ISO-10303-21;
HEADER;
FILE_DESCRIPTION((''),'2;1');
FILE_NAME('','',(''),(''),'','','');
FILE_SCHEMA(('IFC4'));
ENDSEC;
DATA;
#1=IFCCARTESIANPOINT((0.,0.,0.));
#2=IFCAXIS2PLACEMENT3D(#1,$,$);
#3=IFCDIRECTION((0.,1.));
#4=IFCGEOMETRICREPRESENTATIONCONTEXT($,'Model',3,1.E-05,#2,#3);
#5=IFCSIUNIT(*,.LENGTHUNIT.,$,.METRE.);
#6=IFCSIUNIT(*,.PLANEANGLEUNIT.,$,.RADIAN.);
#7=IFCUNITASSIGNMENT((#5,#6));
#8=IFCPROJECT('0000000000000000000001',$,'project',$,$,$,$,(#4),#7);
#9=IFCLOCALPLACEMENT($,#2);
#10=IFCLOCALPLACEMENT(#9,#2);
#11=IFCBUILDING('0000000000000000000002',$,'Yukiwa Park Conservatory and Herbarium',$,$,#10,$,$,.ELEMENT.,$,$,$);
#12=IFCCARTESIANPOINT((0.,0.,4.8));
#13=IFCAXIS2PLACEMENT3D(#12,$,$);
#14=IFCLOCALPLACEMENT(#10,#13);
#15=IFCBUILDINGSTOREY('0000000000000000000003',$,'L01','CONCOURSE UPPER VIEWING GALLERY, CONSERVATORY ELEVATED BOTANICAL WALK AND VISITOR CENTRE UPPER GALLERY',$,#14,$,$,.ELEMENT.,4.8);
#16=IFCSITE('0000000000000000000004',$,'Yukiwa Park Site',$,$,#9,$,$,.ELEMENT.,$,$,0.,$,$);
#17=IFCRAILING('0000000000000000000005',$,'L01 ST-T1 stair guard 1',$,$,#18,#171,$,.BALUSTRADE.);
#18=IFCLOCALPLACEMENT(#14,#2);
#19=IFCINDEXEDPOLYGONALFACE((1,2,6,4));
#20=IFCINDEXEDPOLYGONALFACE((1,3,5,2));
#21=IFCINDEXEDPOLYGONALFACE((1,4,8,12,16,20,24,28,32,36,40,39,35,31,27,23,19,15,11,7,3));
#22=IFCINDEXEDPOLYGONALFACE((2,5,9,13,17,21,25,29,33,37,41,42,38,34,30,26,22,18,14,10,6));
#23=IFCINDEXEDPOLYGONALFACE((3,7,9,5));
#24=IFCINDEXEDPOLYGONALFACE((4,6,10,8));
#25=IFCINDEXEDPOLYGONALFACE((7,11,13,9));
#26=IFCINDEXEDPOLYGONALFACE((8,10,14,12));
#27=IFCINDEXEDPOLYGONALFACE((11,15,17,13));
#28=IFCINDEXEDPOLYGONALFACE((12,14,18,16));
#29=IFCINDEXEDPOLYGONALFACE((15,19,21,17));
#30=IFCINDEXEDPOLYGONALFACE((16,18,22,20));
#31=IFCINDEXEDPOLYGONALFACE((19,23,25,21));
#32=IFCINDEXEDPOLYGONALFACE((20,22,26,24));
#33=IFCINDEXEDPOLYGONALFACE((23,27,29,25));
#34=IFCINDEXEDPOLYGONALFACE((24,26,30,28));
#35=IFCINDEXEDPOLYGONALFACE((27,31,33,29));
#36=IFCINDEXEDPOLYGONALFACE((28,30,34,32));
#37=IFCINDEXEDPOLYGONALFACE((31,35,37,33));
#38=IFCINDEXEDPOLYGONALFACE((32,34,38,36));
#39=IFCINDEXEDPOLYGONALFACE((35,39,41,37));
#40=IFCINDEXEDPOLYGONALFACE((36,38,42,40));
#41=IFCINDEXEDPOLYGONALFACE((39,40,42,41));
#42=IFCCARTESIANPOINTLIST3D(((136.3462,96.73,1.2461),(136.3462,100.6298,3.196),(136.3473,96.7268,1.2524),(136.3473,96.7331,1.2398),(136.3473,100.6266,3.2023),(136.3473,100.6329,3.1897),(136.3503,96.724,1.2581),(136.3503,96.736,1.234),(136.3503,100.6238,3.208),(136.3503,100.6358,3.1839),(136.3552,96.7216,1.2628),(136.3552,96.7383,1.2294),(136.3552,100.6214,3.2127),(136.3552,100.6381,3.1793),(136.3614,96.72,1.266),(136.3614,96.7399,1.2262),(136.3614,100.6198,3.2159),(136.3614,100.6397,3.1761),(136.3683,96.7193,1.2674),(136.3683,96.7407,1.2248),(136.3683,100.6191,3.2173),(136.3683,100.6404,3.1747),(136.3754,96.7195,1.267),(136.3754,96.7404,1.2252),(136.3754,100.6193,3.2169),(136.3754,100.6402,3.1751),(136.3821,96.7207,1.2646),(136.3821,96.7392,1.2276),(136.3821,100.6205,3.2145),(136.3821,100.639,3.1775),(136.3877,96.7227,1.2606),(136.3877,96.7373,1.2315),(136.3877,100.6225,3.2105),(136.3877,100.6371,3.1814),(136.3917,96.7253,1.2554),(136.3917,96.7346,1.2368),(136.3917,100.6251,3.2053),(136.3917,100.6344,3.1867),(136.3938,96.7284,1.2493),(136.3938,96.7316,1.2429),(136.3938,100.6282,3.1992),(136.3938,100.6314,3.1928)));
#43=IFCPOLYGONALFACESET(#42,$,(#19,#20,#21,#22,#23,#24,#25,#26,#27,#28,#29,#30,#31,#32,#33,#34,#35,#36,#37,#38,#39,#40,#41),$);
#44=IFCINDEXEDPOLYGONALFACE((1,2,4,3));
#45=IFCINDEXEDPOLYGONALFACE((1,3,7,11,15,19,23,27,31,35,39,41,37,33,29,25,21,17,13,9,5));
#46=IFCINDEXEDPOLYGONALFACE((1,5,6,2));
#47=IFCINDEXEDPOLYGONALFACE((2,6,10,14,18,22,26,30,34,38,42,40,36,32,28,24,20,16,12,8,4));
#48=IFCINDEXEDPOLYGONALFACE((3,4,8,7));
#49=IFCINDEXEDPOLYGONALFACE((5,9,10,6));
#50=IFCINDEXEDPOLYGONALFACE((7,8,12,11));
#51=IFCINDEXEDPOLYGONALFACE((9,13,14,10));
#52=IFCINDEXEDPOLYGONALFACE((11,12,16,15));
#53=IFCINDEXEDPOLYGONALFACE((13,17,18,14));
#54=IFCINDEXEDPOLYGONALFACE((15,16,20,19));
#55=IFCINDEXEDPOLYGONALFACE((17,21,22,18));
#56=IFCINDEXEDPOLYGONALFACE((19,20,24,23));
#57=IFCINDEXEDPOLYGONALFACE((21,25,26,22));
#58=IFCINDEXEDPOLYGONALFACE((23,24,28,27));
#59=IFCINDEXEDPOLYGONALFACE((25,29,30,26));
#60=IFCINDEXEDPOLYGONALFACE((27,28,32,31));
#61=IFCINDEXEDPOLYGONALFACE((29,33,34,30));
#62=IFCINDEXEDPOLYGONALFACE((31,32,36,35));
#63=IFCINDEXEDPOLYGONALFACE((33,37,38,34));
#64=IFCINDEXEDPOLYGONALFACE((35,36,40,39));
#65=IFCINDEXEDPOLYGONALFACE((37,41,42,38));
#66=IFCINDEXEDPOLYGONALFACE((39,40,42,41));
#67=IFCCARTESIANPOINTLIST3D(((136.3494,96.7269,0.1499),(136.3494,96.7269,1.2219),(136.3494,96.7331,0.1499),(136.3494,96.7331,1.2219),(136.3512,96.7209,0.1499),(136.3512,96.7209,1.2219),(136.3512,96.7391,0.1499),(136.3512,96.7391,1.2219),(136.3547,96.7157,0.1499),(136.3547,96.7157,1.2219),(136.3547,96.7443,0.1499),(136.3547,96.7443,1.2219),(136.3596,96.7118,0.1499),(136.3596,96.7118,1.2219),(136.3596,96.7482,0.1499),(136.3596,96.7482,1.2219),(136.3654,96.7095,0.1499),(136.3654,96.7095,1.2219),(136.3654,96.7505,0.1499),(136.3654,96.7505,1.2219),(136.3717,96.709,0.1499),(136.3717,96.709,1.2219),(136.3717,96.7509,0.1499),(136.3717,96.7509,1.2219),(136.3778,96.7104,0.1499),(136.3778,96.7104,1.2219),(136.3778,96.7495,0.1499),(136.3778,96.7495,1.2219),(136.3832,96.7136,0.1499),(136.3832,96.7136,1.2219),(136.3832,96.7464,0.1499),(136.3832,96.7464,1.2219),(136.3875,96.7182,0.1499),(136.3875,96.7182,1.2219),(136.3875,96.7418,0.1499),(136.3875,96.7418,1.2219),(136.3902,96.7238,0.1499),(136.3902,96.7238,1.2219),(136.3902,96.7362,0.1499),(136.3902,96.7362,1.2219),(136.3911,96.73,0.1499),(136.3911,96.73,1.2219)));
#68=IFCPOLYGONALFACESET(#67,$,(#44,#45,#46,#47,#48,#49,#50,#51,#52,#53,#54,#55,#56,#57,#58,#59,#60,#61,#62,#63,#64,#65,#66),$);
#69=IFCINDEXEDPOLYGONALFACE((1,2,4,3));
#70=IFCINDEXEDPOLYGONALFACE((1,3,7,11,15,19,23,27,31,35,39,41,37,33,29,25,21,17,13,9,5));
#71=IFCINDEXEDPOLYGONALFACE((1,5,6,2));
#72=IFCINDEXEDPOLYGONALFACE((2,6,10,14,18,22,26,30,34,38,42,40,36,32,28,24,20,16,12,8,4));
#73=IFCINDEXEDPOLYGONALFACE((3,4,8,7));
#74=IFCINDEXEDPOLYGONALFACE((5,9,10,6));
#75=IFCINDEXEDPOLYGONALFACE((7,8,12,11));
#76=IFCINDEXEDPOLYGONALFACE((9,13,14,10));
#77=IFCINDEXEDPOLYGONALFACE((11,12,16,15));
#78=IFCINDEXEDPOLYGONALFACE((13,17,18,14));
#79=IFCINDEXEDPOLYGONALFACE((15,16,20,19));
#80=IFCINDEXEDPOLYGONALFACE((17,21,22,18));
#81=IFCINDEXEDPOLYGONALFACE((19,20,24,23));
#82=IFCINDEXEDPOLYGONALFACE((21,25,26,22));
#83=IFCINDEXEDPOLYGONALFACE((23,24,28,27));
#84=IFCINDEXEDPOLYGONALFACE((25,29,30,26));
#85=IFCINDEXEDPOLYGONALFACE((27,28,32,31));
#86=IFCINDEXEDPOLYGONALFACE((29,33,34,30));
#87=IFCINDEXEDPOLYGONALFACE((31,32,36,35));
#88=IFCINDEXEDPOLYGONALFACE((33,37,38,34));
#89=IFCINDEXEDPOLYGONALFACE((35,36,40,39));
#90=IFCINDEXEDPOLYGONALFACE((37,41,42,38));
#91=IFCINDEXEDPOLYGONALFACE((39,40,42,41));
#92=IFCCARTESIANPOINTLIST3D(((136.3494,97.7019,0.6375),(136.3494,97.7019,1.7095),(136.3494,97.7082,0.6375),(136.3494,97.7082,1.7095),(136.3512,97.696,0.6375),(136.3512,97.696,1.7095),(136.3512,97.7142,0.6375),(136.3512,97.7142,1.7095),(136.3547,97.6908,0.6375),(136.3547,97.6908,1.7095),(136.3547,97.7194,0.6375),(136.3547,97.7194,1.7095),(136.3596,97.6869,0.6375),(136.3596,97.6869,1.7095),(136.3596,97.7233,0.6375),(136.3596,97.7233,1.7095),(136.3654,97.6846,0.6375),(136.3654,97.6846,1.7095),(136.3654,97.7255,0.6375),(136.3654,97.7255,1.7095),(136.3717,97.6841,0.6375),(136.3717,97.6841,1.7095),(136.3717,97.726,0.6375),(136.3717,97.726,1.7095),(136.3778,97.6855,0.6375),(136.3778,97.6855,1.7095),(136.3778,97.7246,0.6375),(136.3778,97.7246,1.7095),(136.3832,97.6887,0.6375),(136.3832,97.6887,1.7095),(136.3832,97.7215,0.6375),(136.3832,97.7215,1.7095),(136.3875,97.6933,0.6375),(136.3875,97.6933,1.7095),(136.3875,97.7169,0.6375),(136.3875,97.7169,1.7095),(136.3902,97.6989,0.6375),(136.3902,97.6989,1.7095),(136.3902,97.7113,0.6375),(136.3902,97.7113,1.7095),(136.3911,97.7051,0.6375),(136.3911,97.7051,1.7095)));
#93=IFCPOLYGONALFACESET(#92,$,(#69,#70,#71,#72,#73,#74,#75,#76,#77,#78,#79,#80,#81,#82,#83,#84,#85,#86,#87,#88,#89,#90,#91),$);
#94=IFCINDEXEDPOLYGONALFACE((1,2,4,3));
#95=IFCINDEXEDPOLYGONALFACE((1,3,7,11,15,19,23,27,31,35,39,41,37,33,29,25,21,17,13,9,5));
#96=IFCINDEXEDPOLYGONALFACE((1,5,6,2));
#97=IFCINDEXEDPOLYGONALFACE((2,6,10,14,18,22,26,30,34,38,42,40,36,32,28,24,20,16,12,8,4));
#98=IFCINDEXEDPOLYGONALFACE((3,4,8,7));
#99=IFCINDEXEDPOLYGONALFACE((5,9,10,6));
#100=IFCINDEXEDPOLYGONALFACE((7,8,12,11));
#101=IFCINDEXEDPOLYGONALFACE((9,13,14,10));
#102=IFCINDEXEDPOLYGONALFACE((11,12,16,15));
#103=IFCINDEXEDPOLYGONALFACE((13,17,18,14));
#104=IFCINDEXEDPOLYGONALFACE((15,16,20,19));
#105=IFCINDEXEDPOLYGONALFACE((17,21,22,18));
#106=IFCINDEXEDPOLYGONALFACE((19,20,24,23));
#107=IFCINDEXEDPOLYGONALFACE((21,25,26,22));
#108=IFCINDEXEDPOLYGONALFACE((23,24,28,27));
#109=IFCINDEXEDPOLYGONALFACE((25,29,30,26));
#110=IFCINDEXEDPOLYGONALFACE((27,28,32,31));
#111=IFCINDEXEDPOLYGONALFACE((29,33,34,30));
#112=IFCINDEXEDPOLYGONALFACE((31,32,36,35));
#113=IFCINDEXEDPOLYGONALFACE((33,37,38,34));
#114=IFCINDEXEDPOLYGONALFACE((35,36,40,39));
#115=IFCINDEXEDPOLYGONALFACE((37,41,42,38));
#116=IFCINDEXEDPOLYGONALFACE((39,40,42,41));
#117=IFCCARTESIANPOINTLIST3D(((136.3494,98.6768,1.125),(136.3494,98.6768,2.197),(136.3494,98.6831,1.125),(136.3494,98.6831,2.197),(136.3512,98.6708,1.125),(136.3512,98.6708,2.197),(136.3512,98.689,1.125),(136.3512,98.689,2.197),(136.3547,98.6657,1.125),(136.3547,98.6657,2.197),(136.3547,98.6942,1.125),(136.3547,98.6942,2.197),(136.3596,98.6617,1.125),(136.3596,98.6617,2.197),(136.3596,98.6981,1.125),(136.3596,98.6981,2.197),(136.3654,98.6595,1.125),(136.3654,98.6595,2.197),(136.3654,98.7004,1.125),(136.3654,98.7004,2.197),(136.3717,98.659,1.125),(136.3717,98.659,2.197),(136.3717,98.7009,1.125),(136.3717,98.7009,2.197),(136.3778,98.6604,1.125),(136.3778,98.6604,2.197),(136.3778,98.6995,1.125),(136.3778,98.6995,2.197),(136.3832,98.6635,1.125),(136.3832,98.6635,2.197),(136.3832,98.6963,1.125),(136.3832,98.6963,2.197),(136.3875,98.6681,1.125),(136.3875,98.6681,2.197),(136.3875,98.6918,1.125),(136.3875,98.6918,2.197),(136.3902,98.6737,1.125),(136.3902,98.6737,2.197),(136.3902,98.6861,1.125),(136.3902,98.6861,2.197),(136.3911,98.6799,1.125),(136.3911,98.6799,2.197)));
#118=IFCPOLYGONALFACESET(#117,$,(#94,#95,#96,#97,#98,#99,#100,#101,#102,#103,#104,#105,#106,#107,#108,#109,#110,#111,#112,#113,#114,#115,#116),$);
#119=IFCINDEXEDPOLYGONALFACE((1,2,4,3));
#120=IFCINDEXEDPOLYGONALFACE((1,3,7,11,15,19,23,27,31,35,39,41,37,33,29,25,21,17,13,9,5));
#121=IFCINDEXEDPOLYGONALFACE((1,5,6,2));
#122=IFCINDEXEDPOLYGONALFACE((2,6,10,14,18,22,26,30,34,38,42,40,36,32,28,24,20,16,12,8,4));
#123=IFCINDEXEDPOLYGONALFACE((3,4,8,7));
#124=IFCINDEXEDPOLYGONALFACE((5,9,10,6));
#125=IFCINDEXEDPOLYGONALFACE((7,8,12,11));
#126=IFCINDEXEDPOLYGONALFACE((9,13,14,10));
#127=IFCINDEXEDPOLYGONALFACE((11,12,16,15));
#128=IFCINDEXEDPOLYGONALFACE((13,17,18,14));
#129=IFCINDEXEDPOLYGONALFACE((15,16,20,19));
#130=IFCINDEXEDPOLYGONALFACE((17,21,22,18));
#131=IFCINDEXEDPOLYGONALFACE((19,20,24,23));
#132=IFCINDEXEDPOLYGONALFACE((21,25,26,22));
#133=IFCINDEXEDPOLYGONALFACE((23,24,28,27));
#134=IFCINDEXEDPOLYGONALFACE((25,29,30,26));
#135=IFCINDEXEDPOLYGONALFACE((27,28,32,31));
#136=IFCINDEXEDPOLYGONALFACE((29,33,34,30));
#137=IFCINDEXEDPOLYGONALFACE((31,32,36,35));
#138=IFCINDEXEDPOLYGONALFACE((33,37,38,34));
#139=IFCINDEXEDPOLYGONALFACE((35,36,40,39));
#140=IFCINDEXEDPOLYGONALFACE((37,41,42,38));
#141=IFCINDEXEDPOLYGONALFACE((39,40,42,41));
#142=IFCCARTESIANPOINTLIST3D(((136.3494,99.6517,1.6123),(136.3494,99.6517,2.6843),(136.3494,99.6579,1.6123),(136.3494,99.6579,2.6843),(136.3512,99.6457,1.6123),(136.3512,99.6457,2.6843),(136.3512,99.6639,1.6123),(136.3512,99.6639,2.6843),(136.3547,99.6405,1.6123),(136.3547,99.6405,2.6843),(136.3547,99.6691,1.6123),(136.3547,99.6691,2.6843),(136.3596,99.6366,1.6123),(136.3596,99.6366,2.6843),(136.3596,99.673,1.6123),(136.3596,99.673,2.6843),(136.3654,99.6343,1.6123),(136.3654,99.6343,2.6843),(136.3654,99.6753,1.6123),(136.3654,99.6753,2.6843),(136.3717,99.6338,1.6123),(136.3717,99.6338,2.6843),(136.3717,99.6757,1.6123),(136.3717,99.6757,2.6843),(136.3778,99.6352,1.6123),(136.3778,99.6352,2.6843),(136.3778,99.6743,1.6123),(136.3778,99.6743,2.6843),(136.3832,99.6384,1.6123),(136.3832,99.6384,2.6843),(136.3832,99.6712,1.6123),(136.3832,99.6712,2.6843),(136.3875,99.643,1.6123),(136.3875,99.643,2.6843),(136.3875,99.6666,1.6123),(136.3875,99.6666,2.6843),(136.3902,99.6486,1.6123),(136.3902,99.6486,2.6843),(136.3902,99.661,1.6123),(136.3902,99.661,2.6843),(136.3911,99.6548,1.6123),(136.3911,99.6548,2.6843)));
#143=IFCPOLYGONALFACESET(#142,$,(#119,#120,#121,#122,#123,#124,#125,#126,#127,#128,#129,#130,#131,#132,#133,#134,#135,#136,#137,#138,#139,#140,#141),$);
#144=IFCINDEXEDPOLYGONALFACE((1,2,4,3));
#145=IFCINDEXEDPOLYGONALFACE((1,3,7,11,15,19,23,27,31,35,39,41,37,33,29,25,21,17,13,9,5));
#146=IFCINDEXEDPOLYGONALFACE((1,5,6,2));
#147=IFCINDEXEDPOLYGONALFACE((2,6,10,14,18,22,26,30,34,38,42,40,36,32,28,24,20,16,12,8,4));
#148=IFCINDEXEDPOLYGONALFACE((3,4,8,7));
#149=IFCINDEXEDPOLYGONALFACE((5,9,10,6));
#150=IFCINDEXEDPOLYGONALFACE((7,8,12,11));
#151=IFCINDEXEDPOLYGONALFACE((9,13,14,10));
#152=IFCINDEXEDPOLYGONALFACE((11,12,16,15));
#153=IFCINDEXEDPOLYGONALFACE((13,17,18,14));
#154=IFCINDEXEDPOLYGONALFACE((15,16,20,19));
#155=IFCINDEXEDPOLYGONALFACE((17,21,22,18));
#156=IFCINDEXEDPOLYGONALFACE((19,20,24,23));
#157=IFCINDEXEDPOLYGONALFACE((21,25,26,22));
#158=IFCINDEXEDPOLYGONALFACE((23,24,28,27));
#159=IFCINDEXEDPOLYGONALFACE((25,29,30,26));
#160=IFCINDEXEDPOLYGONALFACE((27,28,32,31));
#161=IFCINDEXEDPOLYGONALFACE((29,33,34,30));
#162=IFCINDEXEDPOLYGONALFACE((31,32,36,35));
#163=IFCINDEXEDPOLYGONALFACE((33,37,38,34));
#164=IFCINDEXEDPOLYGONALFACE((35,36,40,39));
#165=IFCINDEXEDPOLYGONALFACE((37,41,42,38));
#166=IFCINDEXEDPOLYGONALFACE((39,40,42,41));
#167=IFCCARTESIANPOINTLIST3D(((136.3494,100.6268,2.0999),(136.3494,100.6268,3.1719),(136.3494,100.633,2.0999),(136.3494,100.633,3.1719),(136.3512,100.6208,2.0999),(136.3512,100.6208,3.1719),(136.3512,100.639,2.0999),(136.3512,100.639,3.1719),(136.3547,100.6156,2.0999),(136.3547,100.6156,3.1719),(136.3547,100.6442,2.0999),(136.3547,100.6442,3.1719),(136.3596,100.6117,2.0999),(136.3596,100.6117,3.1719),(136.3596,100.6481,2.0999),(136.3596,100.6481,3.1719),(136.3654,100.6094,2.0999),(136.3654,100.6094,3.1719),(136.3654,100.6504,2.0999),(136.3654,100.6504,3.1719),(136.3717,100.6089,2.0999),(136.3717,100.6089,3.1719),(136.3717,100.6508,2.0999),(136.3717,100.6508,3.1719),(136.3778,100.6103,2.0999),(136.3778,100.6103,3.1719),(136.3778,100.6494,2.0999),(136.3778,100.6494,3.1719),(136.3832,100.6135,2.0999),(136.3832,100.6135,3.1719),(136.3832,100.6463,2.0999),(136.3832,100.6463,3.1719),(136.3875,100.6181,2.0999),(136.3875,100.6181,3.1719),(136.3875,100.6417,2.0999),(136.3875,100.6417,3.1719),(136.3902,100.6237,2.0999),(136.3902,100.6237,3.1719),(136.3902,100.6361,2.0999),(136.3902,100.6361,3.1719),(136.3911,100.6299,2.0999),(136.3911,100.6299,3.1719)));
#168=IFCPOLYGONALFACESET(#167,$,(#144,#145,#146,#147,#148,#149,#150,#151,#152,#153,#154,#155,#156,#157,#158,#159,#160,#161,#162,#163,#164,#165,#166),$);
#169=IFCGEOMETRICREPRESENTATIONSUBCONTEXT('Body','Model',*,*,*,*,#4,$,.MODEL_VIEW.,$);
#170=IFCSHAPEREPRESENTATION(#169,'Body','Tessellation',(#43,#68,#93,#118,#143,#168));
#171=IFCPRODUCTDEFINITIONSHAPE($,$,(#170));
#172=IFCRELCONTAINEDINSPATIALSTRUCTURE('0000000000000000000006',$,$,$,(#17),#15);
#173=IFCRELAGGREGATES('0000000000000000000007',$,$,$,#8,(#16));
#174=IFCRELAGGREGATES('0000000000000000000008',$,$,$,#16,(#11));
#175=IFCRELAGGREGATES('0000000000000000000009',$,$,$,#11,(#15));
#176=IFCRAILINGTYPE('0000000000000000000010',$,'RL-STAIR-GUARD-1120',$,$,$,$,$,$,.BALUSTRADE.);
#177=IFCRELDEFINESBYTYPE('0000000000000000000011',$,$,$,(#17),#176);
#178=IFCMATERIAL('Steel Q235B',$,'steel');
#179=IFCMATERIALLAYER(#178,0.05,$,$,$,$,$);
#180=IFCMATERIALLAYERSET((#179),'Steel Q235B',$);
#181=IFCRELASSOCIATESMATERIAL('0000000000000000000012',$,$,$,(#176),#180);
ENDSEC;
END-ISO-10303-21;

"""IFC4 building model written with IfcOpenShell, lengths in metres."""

from ifc_helpers import new_model, si_unit, direction, frame, origin, origin_2d, place, context, subcontext, project, spatial, circle, extrude, material, layer, layer_set, type_object, element, save


model = new_model("IFC4")

# Units and contexts
model_context = context("Model", 3, precision=1e-05, world=origin(), true_north=direction((0.0, 1.0)))
body_context = subcontext(model_context, "Body", "Model", "MODEL_VIEW")
ifc_project = project(units=[si_unit("LENGTHUNIT", "METRE"), si_unit("PLANEANGLEUNIT", "RADIAN")], contexts=[model_context])

# Site, building, storey
site_placement = place(None, origin())
site = spatial("IfcSite", under=ifc_project, at=site_placement, Name="Yukiwa Park Site", CompositionType="ELEMENT", RefElevation=0.0)
building_placement = place(site_placement, origin())
building = spatial("IfcBuilding", under=site, at=building_placement, Name="Yukiwa Park Conservatory and Herbarium", CompositionType="ELEMENT")
storey_placement = place(building_placement, frame((0.0, 0.0, 4.8)))
storey = spatial("IfcBuildingStorey", under=building, at=storey_placement, Name="L01", Description="CONCOURSE UPPER VIEWING GALLERY, CONSERVATORY ELEVATED BOTANICAL WALK AND VISITOR CENTRE UPPER GALLERY", CompositionType="ELEMENT", Elevation=4.8)

# Railing
ifc_material_1 = material(Name="Steel Q235B", Category="steel")
ifc_layer_1 = layer(ifc_material_1, 0.05)
ifc_layer_set_1 = layer_set([ifc_layer_1], Name="Steel Q235B")
railing_type_1 = type_object("IfcRailingType", Name="RL-STAIR-GUARD-1120", PredefinedType="BALUSTRADE", material=ifc_layer_set_1)
railing_1_placement = place(storey_placement, frame((136.3701, 96.73, 0.1499)))
element("IfcRailing", 1, at=railing_1_placement, inside=storey, type_object=railing_type_1, Name="L01 ST-T1 stair guard 1", PredefinedType="BALUSTRADE", context=body_context, shape_type="SweptSolid", body=[
    extrude(circle(Radius=0.0239, at=origin_2d()), frame((0.0, 0.0, 1.0962), z_axis=(0.0, 0.894427, 0.447214), x_axis=(-1.0, 0.0, 0.0)), (0.0, 0.0, 1.0), 4.3601),
    extrude(circle(Radius=0.021, at=origin_2d()), origin(), (0.0, 0.0, 1.0), 1.072),
    extrude(circle(Radius=0.021, at=origin_2d()), frame((0.0, 0.9751, 0.4875)), (0.0, 0.0, 1.0), 1.072),
    extrude(circle(Radius=0.021, at=origin_2d()), frame((0.0, 1.95, 0.9751)), (0.0, 0.0, 1.0), 1.072),
    extrude(circle(Radius=0.021, at=origin_2d()), frame((0.0, 2.9248, 1.4624)), (0.0, 0.0, 1.0), 1.072),
    extrude(circle(Radius=0.021, at=origin_2d()), frame((0.0, 3.8999, 1.95)), (0.0, 0.0, 1.0), 1.072),
])

save(model, "model.ifc")
